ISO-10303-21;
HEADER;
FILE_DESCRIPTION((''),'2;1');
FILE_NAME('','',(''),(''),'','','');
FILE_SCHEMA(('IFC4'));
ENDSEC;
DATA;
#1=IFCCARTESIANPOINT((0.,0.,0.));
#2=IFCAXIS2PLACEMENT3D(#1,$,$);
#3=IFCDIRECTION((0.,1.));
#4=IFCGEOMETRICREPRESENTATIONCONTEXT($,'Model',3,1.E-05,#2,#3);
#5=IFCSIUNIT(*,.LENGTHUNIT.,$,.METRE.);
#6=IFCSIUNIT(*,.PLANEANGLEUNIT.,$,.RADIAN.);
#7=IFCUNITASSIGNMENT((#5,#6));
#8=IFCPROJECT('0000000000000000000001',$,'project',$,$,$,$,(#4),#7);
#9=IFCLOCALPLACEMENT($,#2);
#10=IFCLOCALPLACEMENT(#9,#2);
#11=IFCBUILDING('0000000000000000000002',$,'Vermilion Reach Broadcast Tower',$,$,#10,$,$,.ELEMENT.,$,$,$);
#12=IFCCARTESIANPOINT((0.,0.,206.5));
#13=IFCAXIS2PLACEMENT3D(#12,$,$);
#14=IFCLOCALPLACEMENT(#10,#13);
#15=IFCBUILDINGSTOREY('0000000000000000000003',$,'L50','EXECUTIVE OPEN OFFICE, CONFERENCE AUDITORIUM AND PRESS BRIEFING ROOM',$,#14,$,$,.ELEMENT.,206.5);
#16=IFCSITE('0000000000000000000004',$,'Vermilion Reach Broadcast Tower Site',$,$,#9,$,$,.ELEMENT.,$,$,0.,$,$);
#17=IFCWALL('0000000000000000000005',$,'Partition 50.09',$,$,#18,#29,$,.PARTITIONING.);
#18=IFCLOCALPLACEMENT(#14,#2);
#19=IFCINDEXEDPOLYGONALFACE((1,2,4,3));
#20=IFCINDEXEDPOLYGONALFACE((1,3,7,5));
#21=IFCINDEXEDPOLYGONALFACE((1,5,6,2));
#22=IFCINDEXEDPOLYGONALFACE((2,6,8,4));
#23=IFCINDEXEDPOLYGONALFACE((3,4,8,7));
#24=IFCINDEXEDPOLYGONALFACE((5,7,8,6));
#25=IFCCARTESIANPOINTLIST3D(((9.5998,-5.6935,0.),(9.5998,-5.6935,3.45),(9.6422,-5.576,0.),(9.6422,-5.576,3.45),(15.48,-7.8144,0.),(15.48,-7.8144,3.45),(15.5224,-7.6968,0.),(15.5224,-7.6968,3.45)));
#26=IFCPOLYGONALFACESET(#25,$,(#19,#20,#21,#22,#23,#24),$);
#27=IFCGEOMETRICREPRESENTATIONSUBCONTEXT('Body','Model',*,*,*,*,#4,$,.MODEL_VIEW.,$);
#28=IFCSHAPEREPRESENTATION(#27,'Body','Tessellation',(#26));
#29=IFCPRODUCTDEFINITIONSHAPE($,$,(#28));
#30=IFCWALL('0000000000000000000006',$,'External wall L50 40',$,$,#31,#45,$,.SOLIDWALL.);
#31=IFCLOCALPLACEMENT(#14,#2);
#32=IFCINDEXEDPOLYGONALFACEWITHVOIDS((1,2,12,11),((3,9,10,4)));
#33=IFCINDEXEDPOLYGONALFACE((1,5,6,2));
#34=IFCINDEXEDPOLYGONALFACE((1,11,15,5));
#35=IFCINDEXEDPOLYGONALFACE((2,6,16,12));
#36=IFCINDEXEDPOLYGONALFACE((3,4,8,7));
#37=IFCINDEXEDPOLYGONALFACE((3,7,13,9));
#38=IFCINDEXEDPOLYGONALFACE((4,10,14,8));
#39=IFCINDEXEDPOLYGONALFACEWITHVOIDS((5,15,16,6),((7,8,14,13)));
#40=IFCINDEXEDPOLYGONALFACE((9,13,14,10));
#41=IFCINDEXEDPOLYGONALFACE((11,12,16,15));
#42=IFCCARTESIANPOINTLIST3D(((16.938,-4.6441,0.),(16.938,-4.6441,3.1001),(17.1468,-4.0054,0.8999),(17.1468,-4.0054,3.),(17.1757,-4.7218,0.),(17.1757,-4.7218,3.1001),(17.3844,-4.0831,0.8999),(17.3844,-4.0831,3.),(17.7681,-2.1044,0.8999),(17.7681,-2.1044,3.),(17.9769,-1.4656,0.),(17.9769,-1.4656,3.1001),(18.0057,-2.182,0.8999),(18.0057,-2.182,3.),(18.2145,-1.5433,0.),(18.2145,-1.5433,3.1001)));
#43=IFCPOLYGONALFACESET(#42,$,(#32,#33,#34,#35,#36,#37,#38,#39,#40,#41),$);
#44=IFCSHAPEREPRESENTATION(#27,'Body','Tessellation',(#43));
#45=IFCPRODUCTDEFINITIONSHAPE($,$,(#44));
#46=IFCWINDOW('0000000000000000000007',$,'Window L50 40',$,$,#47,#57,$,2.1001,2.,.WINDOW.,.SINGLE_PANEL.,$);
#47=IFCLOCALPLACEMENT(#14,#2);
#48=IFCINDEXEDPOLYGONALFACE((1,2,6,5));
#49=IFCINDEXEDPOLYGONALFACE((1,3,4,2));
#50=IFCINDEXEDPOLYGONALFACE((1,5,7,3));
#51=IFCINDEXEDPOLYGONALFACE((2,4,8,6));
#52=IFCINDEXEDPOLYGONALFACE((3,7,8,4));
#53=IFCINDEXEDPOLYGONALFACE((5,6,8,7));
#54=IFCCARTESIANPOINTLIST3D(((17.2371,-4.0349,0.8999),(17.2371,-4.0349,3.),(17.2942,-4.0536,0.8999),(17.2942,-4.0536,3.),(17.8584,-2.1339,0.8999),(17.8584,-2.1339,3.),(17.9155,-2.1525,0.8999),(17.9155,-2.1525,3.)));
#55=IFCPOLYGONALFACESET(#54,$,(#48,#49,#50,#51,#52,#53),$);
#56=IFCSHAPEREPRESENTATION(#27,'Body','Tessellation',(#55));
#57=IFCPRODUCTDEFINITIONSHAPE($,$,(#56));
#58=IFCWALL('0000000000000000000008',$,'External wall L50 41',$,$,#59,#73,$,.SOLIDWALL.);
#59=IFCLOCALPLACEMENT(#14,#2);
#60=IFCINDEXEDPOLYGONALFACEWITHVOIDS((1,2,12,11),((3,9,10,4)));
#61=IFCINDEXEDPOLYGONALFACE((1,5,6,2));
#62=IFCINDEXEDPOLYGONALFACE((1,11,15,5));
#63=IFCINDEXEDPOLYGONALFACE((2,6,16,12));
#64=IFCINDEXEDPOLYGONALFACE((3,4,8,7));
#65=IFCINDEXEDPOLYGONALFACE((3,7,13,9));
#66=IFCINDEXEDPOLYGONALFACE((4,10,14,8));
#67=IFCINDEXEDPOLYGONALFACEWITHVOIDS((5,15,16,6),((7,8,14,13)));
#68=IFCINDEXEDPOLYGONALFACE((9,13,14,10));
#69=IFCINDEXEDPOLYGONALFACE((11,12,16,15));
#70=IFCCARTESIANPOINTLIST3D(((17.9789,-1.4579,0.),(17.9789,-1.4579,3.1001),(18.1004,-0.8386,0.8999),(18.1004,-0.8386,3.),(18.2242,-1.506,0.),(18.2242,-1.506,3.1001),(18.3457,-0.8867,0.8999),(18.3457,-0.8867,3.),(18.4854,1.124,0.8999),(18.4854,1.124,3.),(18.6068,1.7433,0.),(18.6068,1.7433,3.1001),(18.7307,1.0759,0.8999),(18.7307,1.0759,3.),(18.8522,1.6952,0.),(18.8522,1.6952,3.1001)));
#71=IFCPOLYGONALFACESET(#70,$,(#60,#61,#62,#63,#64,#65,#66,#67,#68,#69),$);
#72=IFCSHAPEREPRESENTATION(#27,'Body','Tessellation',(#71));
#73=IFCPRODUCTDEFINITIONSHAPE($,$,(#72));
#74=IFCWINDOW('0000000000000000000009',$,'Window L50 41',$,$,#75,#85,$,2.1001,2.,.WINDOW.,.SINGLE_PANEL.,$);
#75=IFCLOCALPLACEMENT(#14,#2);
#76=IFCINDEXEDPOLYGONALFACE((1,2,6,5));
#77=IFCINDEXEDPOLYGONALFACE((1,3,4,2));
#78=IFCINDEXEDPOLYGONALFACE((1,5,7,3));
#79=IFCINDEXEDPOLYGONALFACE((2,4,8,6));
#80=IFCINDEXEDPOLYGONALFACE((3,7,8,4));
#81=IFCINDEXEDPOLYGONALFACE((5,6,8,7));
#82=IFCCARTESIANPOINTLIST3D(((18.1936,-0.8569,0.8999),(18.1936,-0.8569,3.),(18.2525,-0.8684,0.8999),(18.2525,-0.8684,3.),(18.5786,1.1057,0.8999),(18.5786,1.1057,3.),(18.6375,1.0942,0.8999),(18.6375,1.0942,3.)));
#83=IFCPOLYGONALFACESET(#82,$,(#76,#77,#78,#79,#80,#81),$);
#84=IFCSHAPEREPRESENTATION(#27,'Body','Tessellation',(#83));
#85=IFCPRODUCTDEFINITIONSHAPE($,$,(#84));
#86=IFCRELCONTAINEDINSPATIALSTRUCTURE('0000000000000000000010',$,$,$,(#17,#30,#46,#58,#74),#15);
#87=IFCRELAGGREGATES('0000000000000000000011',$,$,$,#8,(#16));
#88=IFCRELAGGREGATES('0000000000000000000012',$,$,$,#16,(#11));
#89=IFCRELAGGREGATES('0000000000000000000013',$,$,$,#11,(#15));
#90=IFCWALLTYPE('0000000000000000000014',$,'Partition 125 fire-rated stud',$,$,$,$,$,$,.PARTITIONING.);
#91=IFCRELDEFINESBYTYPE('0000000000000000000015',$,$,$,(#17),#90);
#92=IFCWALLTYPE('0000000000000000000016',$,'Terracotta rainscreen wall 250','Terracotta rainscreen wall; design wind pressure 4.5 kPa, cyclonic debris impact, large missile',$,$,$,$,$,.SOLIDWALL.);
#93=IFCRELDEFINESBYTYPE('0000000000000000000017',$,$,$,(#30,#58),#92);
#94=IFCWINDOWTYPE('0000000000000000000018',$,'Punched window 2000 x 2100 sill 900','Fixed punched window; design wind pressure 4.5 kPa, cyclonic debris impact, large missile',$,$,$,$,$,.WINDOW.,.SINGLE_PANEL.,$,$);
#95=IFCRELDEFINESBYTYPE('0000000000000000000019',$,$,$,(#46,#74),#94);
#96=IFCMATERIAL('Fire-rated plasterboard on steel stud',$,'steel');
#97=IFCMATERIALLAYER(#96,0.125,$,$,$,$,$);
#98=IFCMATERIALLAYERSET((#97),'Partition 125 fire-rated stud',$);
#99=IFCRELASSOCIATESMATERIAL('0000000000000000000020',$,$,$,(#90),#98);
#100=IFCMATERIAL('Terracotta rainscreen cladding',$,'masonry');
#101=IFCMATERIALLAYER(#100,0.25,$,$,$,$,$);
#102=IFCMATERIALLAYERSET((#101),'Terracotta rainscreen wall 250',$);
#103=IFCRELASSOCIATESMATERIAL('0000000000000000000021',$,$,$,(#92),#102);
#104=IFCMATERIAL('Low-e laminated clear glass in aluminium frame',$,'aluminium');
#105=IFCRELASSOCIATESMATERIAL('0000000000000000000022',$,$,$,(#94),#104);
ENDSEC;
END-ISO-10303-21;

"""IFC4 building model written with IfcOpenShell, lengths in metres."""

from ifc_helpers import new_model, si_unit, direction, frame, frame_2d, origin, place, context, subcontext, project, spatial, rectangle, extrude, material, layer, layer_set, type_object, element, fill, save


model = new_model("IFC4")

# Units and contexts
model_context = context("Model", 3, precision=1e-05, world=origin(), true_north=direction((0.0, 1.0)))
body_context = subcontext(model_context, "Body", "Model", "MODEL_VIEW")
ifc_project = project(units=[si_unit("LENGTHUNIT", "METRE"), si_unit("PLANEANGLEUNIT", "RADIAN")], contexts=[model_context])

# Site, building, storey
site_placement = place(None, origin())
site = spatial("IfcSite", under=ifc_project, at=site_placement, Name="Vermilion Reach Broadcast Tower Site", CompositionType="ELEMENT", RefElevation=0.0)
building_placement = place(site_placement, origin())
building = spatial("IfcBuilding", under=site, at=building_placement, Name="Vermilion Reach Broadcast Tower", CompositionType="ELEMENT")
storey_placement = place(building_placement, frame((0.0, 0.0, 206.5)))
storey = spatial("IfcBuildingStorey", under=building, at=storey_placement, Name="L50", Description="EXECUTIVE OPEN OFFICE, CONFERENCE AUDITORIUM AND PRESS BRIEFING ROOM", CompositionType="ELEMENT", Elevation=206.5)

# Wall
ifc_material_1 = material(Name="Fire-rated plasterboard on steel stud", Category="steel")
ifc_layer_1 = layer(ifc_material_1, 0.125)
ifc_layer_set_1 = layer_set([ifc_layer_1], Name="Partition 125 fire-rated stud")
wall_type_1 = type_object("IfcWallType", Name="Partition 125 fire-rated stud", PredefinedType="PARTITIONING", material=ifc_layer_set_1)
wall_1_placement = place(storey_placement, frame((15.5012, -7.7556, 0.0), z_axis=(0.0, 0.0, 1.0), x_axis=(-0.940683, 0.339286, 0.0)))
element("IfcWall", 1, at=wall_1_placement, inside=storey, type_object=wall_type_1, Name="Partition 50.09", PredefinedType="PARTITIONING", context=body_context, shape_type="SweptSolid", body=[
    extrude(rectangle(XDim=6.251, YDim=0.125, at=frame_2d((3.1255, 0.0))), origin(), (0.0, 0.0, 1.0), 3.45),
])

# Shared definitions
ifc_material_2 = material(Name="Terracotta rainscreen cladding", Category="masonry")
ifc_layer_2 = layer(ifc_material_2, 0.25)
ifc_layer_set_2 = layer_set([ifc_layer_2], Name="Terracotta rainscreen wall 250")
wall_type_2 = type_object("IfcWallType", Name="Terracotta rainscreen wall 250", Description="Terracotta rainscreen wall; design wind pressure 4.5 kPa, cyclonic debris impact, large missile", PredefinedType="SOLIDWALL", material=ifc_layer_set_2)

# Walls, openings, windows
wall_2_placement = place(storey_placement, frame((17.0569, -4.6829, 0.0), z_axis=(0.0, 0.0, 1.0), x_axis=(0.310659, 0.950521, 0.0)))
wall_2 = element("IfcWall", 2, at=wall_2_placement, inside=storey, type_object=wall_type_2, Name="External wall L50 40", PredefinedType="SOLIDWALL", context=body_context, shape_type="SweptSolid", body=[
    extrude(rectangle(XDim=3.344, YDim=0.25, at=frame_2d((1.6719, 0.0))), origin(), (0.0, 0.0, 1.0), 3.1001),
])
opening_1_placement = place(wall_2_placement, frame((0.6719, 0.0, 0.8999)))
opening_1 = element("IfcOpeningElement", 3, at=opening_1_placement, cuts=wall_2, PredefinedType="OPENING", context=body_context, shape_type="SweptSolid", body=[
    extrude(rectangle(XDim=2.0, YDim=2.1001, at=frame_2d((1.0, 1.05))), frame((0.0, 0.135, 0.0), z_axis=(0.0, -1.0, 0.0), x_axis=(1.0, 0.0, 0.0)), (0.0, 0.0, 1.0), 0.27),
])
ifc_material_3 = material(Name="Low-e laminated clear glass in aluminium frame", Category="aluminium")
window_type = type_object("IfcWindowType", Name="Punched window 2000 x 2100 sill 900", Description="Fixed punched window; design wind pressure 4.5 kPa, cyclonic debris impact, large missile", PartitioningType="SINGLE_PANEL", PredefinedType="WINDOW", material=ifc_material_3)
window_1_placement = place(opening_1_placement, origin())
window_1 = element("IfcWindow", 4, at=window_1_placement, inside=storey, type_object=window_type, Name="Window L50 40", OverallHeight=2.1001, OverallWidth=2.0, PartitioningType="SINGLE_PANEL", PredefinedType="WINDOW", context=body_context, shape_type="SweptSolid", body=[
    extrude(rectangle(XDim=2.0, YDim=2.1001, at=frame_2d((1.0, 1.05))), frame((0.0, 0.03, 0.0), z_axis=(0.0, -1.0, 0.0), x_axis=(1.0, 0.0, 0.0)), (0.0, 0.0, 1.0), 0.0601),
])
fill(opening_1, window_1)
wall_3_placement = place(storey_placement, frame((18.1016, -1.4819, 0.0), z_axis=(0.0, 0.0, 1.0), x_axis=(0.192488, 0.981299, 0.0)))
wall_3 = element("IfcWall", 5, at=wall_3_placement, inside=storey, type_object=wall_type_2, Name="External wall L50 41", PredefinedType="SOLIDWALL", context=body_context, shape_type="SweptSolid", body=[
    extrude(rectangle(XDim=3.2622, YDim=0.25, at=frame_2d((1.6311, 0.0))), origin(), (0.0, 0.0, 1.0), 3.1001),
])
opening_2_placement = place(wall_3_placement, frame((0.6311, 0.0, 0.8999)))
opening_2 = element("IfcOpeningElement", 6, at=opening_2_placement, cuts=wall_3, PredefinedType="OPENING", context=body_context, shape_type="SweptSolid", body=[
    extrude(rectangle(XDim=2.0, YDim=2.1001, at=frame_2d((1.0, 1.05))), frame((0.0, 0.135, 0.0), z_axis=(0.0, -1.0, 0.0), x_axis=(1.0, 0.0, 0.0)), (0.0, 0.0, 1.0), 0.27),
])
window_2_placement = place(opening_2_placement, origin())
window_2 = element("IfcWindow", 7, at=window_2_placement, inside=storey, type_object=window_type, Name="Window L50 41", OverallHeight=2.1001, OverallWidth=2.0, PartitioningType="SINGLE_PANEL", PredefinedType="WINDOW", context=body_context, shape_type="SweptSolid", body=[
    extrude(rectangle(XDim=2.0, YDim=2.1001, at=frame_2d((1.0, 1.05))), frame((0.0, 0.03, 0.0), z_axis=(0.0, -1.0, 0.0), x_axis=(1.0, 0.0, 0.0)), (0.0, 0.0, 1.0), 0.0601),
])
fill(opening_2, window_2)

save(model, "model.ifc")
